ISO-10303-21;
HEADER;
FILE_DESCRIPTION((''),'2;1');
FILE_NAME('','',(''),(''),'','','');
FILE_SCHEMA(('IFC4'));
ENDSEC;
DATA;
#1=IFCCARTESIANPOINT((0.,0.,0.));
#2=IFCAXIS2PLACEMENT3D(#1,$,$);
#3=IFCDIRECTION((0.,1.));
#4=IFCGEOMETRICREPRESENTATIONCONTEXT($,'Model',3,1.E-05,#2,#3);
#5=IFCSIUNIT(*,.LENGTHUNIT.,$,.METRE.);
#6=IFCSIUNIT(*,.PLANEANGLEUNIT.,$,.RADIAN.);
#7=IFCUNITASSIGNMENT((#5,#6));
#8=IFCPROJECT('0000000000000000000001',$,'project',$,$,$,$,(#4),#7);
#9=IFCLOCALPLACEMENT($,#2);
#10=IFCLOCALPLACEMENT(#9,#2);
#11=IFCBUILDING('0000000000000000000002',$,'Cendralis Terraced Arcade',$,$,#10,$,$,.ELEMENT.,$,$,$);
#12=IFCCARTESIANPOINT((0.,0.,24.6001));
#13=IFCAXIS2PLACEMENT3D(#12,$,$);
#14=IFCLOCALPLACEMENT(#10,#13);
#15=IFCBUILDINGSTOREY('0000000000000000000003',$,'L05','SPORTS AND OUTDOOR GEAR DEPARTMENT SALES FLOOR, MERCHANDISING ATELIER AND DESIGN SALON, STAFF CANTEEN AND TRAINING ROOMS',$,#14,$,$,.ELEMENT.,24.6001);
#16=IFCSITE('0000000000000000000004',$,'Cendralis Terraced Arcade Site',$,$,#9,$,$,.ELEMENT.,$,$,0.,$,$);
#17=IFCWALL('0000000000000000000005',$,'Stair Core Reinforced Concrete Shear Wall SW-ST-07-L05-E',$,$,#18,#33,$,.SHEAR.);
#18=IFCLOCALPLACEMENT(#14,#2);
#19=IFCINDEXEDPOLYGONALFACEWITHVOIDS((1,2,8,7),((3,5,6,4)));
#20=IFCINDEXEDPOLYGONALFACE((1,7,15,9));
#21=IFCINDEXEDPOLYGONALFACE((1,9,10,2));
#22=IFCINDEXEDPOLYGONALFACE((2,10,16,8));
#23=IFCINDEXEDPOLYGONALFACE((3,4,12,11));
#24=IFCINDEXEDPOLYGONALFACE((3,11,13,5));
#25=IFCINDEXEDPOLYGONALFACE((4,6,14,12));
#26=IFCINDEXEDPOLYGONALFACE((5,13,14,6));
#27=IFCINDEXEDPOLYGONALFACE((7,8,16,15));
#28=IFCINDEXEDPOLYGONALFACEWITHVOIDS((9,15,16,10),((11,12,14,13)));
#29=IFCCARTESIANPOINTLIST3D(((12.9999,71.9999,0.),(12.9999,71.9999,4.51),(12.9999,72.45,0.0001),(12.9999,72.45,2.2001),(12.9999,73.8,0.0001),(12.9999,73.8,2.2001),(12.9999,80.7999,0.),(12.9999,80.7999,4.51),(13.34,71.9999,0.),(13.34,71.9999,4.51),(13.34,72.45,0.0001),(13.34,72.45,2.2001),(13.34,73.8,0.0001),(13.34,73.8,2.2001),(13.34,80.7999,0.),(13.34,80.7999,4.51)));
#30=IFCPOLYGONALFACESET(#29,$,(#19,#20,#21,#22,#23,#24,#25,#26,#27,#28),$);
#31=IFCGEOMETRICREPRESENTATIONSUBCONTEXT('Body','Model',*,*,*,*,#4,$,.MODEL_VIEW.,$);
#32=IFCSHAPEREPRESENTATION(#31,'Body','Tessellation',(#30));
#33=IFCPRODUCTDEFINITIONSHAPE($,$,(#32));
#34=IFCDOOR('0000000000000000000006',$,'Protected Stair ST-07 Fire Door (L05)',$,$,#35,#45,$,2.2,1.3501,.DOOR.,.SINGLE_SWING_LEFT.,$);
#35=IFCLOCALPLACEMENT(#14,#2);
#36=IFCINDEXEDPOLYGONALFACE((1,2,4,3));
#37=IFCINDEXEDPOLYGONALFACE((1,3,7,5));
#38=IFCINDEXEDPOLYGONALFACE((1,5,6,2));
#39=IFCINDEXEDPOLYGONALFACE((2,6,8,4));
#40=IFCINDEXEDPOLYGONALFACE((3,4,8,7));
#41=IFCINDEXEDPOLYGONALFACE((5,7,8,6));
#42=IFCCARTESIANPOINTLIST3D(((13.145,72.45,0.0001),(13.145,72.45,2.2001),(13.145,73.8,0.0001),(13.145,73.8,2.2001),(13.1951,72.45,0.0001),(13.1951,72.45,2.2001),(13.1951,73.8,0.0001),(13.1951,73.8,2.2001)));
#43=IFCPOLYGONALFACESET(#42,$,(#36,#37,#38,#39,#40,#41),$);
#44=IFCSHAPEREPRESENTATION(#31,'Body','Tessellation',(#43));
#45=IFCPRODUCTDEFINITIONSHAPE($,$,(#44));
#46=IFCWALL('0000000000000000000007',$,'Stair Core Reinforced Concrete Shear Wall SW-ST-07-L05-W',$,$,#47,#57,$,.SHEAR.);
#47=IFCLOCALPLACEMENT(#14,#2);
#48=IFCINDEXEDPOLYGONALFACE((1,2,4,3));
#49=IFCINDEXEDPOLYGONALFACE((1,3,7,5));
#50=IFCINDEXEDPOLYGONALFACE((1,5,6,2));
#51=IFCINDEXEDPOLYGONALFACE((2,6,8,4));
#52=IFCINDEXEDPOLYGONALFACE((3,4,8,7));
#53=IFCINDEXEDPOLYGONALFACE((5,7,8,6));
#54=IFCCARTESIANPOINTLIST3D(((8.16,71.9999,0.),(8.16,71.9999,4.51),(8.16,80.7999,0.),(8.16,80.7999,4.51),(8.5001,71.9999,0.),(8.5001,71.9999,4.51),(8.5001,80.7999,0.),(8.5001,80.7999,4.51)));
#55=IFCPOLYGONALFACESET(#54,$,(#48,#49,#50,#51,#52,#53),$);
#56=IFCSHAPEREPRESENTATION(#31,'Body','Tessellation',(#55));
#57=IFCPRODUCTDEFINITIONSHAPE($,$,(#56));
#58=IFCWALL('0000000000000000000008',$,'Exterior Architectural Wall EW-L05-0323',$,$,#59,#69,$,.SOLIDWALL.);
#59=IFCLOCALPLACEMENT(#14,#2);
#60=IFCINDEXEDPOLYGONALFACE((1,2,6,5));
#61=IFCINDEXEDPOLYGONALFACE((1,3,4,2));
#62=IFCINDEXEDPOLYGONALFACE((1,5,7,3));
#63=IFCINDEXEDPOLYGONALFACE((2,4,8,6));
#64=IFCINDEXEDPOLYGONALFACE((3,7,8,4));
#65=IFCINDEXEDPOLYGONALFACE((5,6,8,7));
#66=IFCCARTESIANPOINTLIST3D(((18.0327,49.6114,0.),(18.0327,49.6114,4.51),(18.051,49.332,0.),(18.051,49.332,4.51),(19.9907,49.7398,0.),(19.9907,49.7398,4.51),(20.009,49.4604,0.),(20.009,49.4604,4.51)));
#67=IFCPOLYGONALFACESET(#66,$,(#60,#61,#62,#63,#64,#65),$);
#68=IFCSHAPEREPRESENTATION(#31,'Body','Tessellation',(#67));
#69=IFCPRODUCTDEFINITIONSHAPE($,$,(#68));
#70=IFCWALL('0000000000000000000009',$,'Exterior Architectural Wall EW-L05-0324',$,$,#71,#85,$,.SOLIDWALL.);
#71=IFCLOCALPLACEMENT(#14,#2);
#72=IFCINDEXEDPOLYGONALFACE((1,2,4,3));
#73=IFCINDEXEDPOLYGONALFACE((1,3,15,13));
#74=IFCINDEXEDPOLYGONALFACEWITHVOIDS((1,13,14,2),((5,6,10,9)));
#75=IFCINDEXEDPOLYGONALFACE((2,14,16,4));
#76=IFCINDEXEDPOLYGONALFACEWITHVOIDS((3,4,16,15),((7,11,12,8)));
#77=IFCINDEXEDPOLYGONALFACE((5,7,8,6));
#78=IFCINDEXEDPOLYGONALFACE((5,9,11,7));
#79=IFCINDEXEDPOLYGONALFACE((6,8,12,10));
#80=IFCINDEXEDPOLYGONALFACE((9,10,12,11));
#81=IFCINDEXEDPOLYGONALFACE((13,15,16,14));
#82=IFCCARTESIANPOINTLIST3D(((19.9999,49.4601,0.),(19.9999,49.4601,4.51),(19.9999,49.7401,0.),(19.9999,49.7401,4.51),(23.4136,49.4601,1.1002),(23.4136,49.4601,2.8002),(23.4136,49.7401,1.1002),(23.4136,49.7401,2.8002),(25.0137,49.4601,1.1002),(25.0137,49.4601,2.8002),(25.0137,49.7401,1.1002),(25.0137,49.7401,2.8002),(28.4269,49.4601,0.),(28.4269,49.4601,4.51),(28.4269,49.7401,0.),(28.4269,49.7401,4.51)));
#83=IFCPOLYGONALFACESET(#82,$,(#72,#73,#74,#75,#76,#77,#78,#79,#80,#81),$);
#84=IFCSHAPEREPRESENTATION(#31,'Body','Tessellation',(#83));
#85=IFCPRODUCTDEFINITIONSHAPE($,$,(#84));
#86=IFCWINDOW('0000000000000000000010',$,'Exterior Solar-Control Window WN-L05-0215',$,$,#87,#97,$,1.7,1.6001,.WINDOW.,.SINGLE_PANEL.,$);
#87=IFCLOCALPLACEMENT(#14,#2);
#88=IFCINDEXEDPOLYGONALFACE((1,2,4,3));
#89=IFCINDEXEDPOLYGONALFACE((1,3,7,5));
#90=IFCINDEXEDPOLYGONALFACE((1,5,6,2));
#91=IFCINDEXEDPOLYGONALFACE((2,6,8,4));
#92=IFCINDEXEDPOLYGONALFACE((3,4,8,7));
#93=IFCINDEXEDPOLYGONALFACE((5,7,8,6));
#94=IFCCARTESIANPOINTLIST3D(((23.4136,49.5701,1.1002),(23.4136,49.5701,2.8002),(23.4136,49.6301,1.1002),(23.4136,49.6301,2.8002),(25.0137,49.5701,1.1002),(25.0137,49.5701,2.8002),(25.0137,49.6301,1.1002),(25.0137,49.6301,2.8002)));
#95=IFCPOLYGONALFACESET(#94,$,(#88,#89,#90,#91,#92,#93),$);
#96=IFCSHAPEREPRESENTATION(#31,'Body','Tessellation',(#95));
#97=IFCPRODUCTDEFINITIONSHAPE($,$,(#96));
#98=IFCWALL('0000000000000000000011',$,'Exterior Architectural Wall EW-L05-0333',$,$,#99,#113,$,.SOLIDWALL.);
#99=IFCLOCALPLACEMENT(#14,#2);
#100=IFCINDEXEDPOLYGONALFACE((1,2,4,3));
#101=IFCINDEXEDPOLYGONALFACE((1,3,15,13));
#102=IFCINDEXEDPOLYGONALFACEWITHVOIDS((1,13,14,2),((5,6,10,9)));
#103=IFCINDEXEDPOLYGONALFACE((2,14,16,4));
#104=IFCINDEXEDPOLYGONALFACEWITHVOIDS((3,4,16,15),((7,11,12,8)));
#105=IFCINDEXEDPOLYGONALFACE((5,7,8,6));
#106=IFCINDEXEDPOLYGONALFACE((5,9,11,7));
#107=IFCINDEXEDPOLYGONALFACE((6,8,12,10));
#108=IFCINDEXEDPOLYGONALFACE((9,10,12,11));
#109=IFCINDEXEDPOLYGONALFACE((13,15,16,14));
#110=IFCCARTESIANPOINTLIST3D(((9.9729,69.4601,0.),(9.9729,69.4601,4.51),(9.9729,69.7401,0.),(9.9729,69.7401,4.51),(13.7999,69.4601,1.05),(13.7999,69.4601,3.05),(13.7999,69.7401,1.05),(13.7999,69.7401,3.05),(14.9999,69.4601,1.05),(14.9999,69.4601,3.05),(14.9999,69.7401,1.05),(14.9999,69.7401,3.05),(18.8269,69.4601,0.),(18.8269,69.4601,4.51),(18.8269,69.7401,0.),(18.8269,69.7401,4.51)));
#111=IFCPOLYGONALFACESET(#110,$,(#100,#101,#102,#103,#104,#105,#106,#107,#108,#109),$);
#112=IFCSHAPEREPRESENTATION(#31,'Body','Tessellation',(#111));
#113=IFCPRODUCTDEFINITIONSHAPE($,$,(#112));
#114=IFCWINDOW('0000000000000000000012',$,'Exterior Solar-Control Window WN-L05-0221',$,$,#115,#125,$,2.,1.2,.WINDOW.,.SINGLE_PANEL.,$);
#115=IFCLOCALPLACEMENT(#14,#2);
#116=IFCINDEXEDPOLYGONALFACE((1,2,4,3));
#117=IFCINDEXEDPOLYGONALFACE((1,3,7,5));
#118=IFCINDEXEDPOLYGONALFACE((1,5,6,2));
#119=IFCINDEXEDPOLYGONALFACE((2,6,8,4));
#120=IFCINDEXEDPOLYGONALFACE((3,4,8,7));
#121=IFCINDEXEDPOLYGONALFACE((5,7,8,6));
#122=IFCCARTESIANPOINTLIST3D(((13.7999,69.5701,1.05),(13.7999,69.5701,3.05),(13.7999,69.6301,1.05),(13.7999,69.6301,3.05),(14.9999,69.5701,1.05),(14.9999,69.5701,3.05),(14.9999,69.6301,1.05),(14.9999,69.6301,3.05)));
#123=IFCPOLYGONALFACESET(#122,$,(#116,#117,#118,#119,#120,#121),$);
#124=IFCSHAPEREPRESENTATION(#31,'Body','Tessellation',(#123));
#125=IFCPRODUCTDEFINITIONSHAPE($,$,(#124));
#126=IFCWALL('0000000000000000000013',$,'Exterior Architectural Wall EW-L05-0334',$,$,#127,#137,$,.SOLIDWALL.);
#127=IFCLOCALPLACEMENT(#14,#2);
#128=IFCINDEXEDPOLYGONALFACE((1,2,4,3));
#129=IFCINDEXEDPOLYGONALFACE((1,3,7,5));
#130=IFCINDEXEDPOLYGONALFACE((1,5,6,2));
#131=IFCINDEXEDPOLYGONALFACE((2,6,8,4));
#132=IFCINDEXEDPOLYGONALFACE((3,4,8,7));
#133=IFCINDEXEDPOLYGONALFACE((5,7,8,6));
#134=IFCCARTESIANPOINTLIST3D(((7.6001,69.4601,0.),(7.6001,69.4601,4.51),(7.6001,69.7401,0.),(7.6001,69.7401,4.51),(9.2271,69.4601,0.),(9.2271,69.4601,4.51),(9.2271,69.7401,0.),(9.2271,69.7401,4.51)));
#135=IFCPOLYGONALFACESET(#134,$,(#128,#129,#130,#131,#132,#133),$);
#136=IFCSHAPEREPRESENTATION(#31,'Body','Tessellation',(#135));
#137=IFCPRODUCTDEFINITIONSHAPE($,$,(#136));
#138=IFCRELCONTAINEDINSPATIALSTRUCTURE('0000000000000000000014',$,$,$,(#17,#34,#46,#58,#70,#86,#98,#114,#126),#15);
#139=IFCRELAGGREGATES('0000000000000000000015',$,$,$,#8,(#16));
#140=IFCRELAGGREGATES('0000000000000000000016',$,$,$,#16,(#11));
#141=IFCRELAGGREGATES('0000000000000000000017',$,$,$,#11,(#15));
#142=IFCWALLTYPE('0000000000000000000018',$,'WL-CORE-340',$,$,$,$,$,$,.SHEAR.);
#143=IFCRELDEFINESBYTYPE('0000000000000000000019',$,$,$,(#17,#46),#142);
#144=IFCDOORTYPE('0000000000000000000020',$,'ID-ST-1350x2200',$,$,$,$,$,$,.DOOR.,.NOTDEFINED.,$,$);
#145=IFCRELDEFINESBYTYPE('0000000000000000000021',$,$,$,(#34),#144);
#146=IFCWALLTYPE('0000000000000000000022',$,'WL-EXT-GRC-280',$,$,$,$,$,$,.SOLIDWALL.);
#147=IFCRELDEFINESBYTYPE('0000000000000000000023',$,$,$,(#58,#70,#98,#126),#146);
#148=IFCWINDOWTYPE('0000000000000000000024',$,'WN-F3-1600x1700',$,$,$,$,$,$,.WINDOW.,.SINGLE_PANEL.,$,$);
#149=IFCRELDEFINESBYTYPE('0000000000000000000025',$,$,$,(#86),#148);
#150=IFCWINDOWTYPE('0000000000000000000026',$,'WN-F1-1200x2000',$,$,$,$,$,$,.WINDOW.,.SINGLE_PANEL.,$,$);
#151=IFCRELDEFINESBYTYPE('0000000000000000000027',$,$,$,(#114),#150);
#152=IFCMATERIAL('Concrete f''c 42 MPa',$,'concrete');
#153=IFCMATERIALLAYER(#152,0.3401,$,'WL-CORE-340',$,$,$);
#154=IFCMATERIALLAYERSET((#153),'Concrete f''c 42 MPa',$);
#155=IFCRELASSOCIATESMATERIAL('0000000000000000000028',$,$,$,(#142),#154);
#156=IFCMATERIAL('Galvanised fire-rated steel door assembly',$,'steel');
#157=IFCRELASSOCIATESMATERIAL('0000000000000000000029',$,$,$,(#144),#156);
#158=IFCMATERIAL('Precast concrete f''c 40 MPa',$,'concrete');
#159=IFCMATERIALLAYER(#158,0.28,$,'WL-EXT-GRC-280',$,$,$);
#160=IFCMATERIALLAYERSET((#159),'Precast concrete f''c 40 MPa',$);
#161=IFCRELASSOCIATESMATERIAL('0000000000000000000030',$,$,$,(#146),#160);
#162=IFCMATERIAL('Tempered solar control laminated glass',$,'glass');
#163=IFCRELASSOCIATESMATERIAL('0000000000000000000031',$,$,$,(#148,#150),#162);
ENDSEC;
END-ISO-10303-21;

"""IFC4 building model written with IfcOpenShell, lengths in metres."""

from ifc_helpers import new_model, si_unit, direction, frame, frame_2d, origin, place, context, subcontext, project, spatial, rectangle, extrude, material, layer, layer_set, type_object, element, fill, save


model = new_model("IFC4")

# Units and contexts
model_context = context("Model", 3, precision=1e-05, world=origin(), true_north=direction((0.0, 1.0)))
body_context = subcontext(model_context, "Body", "Model", "MODEL_VIEW")
ifc_project = project(units=[si_unit("LENGTHUNIT", "METRE"), si_unit("PLANEANGLEUNIT", "RADIAN")], contexts=[model_context])

# Site, building, storey
site_placement = place(None, origin())
site = spatial("IfcSite", under=ifc_project, at=site_placement, Name="Cendralis Terraced Arcade Site", CompositionType="ELEMENT", RefElevation=0.0)
building_placement = place(site_placement, origin())
building = spatial("IfcBuilding", under=site, at=building_placement, Name="Cendralis Terraced Arcade", CompositionType="ELEMENT")
storey_placement = place(building_placement, frame((0.0, 0.0, 24.6001)))
storey = spatial("IfcBuildingStorey", under=building, at=storey_placement, Name="L05", Description="SPORTS AND OUTDOOR GEAR DEPARTMENT SALES FLOOR, MERCHANDISING ATELIER AND DESIGN SALON, STAFF CANTEEN AND TRAINING ROOMS", CompositionType="ELEMENT", Elevation=24.6001)

# Shared definitions
ifc_material_1 = material(Name="Concrete f'c 42 MPa", Category="concrete")

# Shared definitions
ifc_material_2 = material(Name="Tempered solar control laminated glass", Category="glass")

# Shared definitions
ifc_layer_1 = layer(ifc_material_1, 0.3401, Name="WL-CORE-340")
ifc_layer_set_1 = layer_set([ifc_layer_1], Name="Concrete f'c 42 MPa")
wall_type_1 = type_object("IfcWallType", Name="WL-CORE-340", PredefinedType="SHEAR", material=ifc_layer_set_1)

# Wall, opening, door
wall_1_placement = place(storey_placement, frame((13.1699, 72.0, 0.0), z_axis=(0.0, 0.0, 1.0), x_axis=(0.0, 1.0, 0.0)))
wall_1 = element("IfcWall", 1, at=wall_1_placement, inside=storey, type_object=wall_type_1, Name="Stair Core Reinforced Concrete Shear Wall SW-ST-07-L05-E", PredefinedType="SHEAR", context=body_context, shape_type="SweptSolid", body=[
    extrude(rectangle(XDim=8.8, YDim=0.3401, at=frame_2d((4.3999, 0.0))), origin(), (0.0, 0.0, 1.0), 4.51),
])
opening_1_placement = place(wall_1_placement, frame((0.45, 0.0, 0.0)))
opening_1 = element("IfcOpeningElement", 2, at=opening_1_placement, cuts=wall_1, PredefinedType="OPENING", context=body_context, shape_type="SweptSolid", body=[
    extrude(rectangle(XDim=1.3501, YDim=2.2, at=frame_2d((0.675, 1.1001))), frame((0.0, 0.1821, 0.0), z_axis=(0.0, -1.0, 0.0), x_axis=(1.0, 0.0, 0.0)), (0.0, 0.0, 1.0), 0.364),
])
ifc_material_3 = material(Name="Galvanised fire-rated steel door assembly", Category="steel")
door_type_1 = type_object("IfcDoorType", Name="ID-ST-1350x2200", OperationType="NOTDEFINED", PredefinedType="DOOR", material=ifc_material_3)
door_1_placement = place(opening_1_placement, origin())
door_1 = element("IfcDoor", 3, at=door_1_placement, inside=storey, type_object=door_type_1, Name="Protected Stair ST-07 Fire Door (L05)", OperationType="SINGLE_SWING_LEFT", OverallHeight=2.2, OverallWidth=1.3501, PredefinedType="DOOR", context=body_context, shape_type="SweptSolid", body=[
    extrude(rectangle(XDim=1.3501, YDim=2.2, at=frame_2d((0.675, 1.1001))), frame((0.0, 0.0249, 0.0), z_axis=(0.0, -1.0, 0.0), x_axis=(1.0, 0.0, 0.0)), (0.0, 0.0, 1.0), 0.05),
])
fill(opening_1, door_1)

# Walls
wall_2_placement = place(storey_placement, frame((8.3301, 72.0, 0.0), z_axis=(0.0, 0.0, 1.0), x_axis=(0.0, 1.0, 0.0)))
element("IfcWall", 4, at=wall_2_placement, inside=storey, type_object=wall_type_1, Name="Stair Core Reinforced Concrete Shear Wall SW-ST-07-L05-W", PredefinedType="SHEAR", context=body_context, shape_type="SweptSolid", body=[
    extrude(rectangle(XDim=8.8, YDim=0.3401, at=frame_2d((4.3999, 0.0))), origin(), (0.0, 0.0, 1.0), 4.51),
])
ifc_material_4 = material(Name="Precast concrete f'c 40 MPa", Category="concrete")
ifc_layer_2 = layer(ifc_material_4, 0.28, Name="WL-EXT-GRC-280")
ifc_layer_set_2 = layer_set([ifc_layer_2], Name="Precast concrete f'c 40 MPa")
wall_type_2 = type_object("IfcWallType", Name="WL-EXT-GRC-280", PredefinedType="SOLIDWALL", material=ifc_layer_set_2)
wall_3_placement = place(storey_placement, frame((18.042, 49.4717, 0.0), z_axis=(0.0, 0.0, 1.0), x_axis=(0.997856, 0.065445, 0.0)))
element("IfcWall", 5, at=wall_3_placement, inside=storey, type_object=wall_type_2, Name="Exterior Architectural Wall EW-L05-0323", PredefinedType="SOLIDWALL", context=body_context, shape_type="SweptSolid", body=[
    extrude(rectangle(XDim=1.9622, YDim=0.28, at=frame_2d((0.981, 0.0))), origin(), (0.0, 0.0, 1.0), 4.51),
])

# Walls, openings, windows
wall_4_placement = place(storey_placement, frame((20.0, 49.6001, 0.0), z_axis=(0.0, 0.0, 1.0), x_axis=(1.0, 0.0, 0.0)))
wall_4 = element("IfcWall", 6, at=wall_4_placement, inside=storey, type_object=wall_type_2, Name="Exterior Architectural Wall EW-L05-0324", PredefinedType="SOLIDWALL", context=body_context, shape_type="SweptSolid", body=[
    extrude(rectangle(XDim=8.427, YDim=0.28, at=frame_2d((4.2134, 0.0))), origin(), (0.0, 0.0, 1.0), 4.51),
])
opening_2_placement = place(wall_4_placement, frame((3.4136, 0.0, 1.1001)))
opening_2 = element("IfcOpeningElement", 7, at=opening_2_placement, cuts=wall_4, PredefinedType="OPENING", context=body_context, shape_type="SweptSolid", body=[
    extrude(rectangle(XDim=1.6001, YDim=1.7, at=frame_2d((0.8, 0.8501))), frame((0.0, 0.1519, 0.0), z_axis=(0.0, -1.0, 0.0), x_axis=(1.0, 0.0, 0.0)), (0.0, 0.0, 1.0), 0.304),
])
window_type_1 = type_object("IfcWindowType", Name="WN-F3-1600x1700", PartitioningType="SINGLE_PANEL", PredefinedType="WINDOW", material=ifc_material_2)
window_1_placement = place(opening_2_placement, origin())
window_1 = element("IfcWindow", 8, at=window_1_placement, inside=storey, type_object=window_type_1, Name="Exterior Solar-Control Window WN-L05-0215", OverallHeight=1.7, OverallWidth=1.6001, PartitioningType="SINGLE_PANEL", PredefinedType="WINDOW", context=body_context, shape_type="SweptSolid", body=[
    extrude(rectangle(XDim=1.6001, YDim=1.7, at=frame_2d((0.8, 0.8501))), frame((0.0, 0.03, 0.0), z_axis=(0.0, -1.0, 0.0), x_axis=(1.0, 0.0, 0.0)), (0.0, 0.0, 1.0), 0.0601),
])
fill(opening_2, window_1)
wall_5_placement = place(storey_placement, frame((18.8269, 69.6001, 0.0), z_axis=(0.0, 0.0, 1.0), x_axis=(-1.0, 0.0, 0.0)))
wall_5 = element("IfcWall", 9, at=wall_5_placement, inside=storey, type_object=wall_type_2, Name="Exterior Architectural Wall EW-L05-0333", PredefinedType="SOLIDWALL", context=body_context, shape_type="SweptSolid", body=[
    extrude(rectangle(XDim=8.854, YDim=0.28, at=frame_2d((4.427, 0.0))), origin(), (0.0, 0.0, 1.0), 4.51),
])
opening_3_placement = place(wall_5_placement, frame((3.8269, 0.0, 1.05)))
opening_3 = element("IfcOpeningElement", 10, at=opening_3_placement, cuts=wall_5, PredefinedType="OPENING", context=body_context, shape_type="SweptSolid", body=[
    extrude(rectangle(XDim=1.2, YDim=2.0, at=frame_2d((0.6001, 1.0))), frame((0.0, 0.1519, 0.0), z_axis=(0.0, -1.0, 0.0), x_axis=(1.0, 0.0, 0.0)), (0.0, 0.0, 1.0), 0.304),
])
window_type_2 = type_object("IfcWindowType", Name="WN-F1-1200x2000", PartitioningType="SINGLE_PANEL", PredefinedType="WINDOW", material=ifc_material_2)
window_2_placement = place(opening_3_placement, origin())
window_2 = element("IfcWindow", 11, at=window_2_placement, inside=storey, type_object=window_type_2, Name="Exterior Solar-Control Window WN-L05-0221", OverallHeight=2.0, OverallWidth=1.2, PartitioningType="SINGLE_PANEL", PredefinedType="WINDOW", context=body_context, shape_type="SweptSolid", body=[
    extrude(rectangle(XDim=1.2, YDim=2.0, at=frame_2d((0.6001, 1.0))), frame((0.0, 0.03, 0.0), z_axis=(0.0, -1.0, 0.0), x_axis=(1.0, 0.0, 0.0)), (0.0, 0.0, 1.0), 0.0601),
])
fill(opening_3, window_2)

# Wall
wall_6_placement = place(storey_placement, frame((9.2271, 69.6001, 0.0), z_axis=(0.0, 0.0, 1.0), x_axis=(-1.0, 0.0, 0.0)))
element("IfcWall", 12, at=wall_6_placement, inside=storey, type_object=wall_type_2, Name="Exterior Architectural Wall EW-L05-0334", PredefinedType="SOLIDWALL", context=body_context, shape_type="SweptSolid", body=[
    extrude(rectangle(XDim=1.627, YDim=0.28, at=frame_2d((0.8135, 0.0))), origin(), (0.0, 0.0, 1.0), 4.51),
])

save(model, "model.ifc")
